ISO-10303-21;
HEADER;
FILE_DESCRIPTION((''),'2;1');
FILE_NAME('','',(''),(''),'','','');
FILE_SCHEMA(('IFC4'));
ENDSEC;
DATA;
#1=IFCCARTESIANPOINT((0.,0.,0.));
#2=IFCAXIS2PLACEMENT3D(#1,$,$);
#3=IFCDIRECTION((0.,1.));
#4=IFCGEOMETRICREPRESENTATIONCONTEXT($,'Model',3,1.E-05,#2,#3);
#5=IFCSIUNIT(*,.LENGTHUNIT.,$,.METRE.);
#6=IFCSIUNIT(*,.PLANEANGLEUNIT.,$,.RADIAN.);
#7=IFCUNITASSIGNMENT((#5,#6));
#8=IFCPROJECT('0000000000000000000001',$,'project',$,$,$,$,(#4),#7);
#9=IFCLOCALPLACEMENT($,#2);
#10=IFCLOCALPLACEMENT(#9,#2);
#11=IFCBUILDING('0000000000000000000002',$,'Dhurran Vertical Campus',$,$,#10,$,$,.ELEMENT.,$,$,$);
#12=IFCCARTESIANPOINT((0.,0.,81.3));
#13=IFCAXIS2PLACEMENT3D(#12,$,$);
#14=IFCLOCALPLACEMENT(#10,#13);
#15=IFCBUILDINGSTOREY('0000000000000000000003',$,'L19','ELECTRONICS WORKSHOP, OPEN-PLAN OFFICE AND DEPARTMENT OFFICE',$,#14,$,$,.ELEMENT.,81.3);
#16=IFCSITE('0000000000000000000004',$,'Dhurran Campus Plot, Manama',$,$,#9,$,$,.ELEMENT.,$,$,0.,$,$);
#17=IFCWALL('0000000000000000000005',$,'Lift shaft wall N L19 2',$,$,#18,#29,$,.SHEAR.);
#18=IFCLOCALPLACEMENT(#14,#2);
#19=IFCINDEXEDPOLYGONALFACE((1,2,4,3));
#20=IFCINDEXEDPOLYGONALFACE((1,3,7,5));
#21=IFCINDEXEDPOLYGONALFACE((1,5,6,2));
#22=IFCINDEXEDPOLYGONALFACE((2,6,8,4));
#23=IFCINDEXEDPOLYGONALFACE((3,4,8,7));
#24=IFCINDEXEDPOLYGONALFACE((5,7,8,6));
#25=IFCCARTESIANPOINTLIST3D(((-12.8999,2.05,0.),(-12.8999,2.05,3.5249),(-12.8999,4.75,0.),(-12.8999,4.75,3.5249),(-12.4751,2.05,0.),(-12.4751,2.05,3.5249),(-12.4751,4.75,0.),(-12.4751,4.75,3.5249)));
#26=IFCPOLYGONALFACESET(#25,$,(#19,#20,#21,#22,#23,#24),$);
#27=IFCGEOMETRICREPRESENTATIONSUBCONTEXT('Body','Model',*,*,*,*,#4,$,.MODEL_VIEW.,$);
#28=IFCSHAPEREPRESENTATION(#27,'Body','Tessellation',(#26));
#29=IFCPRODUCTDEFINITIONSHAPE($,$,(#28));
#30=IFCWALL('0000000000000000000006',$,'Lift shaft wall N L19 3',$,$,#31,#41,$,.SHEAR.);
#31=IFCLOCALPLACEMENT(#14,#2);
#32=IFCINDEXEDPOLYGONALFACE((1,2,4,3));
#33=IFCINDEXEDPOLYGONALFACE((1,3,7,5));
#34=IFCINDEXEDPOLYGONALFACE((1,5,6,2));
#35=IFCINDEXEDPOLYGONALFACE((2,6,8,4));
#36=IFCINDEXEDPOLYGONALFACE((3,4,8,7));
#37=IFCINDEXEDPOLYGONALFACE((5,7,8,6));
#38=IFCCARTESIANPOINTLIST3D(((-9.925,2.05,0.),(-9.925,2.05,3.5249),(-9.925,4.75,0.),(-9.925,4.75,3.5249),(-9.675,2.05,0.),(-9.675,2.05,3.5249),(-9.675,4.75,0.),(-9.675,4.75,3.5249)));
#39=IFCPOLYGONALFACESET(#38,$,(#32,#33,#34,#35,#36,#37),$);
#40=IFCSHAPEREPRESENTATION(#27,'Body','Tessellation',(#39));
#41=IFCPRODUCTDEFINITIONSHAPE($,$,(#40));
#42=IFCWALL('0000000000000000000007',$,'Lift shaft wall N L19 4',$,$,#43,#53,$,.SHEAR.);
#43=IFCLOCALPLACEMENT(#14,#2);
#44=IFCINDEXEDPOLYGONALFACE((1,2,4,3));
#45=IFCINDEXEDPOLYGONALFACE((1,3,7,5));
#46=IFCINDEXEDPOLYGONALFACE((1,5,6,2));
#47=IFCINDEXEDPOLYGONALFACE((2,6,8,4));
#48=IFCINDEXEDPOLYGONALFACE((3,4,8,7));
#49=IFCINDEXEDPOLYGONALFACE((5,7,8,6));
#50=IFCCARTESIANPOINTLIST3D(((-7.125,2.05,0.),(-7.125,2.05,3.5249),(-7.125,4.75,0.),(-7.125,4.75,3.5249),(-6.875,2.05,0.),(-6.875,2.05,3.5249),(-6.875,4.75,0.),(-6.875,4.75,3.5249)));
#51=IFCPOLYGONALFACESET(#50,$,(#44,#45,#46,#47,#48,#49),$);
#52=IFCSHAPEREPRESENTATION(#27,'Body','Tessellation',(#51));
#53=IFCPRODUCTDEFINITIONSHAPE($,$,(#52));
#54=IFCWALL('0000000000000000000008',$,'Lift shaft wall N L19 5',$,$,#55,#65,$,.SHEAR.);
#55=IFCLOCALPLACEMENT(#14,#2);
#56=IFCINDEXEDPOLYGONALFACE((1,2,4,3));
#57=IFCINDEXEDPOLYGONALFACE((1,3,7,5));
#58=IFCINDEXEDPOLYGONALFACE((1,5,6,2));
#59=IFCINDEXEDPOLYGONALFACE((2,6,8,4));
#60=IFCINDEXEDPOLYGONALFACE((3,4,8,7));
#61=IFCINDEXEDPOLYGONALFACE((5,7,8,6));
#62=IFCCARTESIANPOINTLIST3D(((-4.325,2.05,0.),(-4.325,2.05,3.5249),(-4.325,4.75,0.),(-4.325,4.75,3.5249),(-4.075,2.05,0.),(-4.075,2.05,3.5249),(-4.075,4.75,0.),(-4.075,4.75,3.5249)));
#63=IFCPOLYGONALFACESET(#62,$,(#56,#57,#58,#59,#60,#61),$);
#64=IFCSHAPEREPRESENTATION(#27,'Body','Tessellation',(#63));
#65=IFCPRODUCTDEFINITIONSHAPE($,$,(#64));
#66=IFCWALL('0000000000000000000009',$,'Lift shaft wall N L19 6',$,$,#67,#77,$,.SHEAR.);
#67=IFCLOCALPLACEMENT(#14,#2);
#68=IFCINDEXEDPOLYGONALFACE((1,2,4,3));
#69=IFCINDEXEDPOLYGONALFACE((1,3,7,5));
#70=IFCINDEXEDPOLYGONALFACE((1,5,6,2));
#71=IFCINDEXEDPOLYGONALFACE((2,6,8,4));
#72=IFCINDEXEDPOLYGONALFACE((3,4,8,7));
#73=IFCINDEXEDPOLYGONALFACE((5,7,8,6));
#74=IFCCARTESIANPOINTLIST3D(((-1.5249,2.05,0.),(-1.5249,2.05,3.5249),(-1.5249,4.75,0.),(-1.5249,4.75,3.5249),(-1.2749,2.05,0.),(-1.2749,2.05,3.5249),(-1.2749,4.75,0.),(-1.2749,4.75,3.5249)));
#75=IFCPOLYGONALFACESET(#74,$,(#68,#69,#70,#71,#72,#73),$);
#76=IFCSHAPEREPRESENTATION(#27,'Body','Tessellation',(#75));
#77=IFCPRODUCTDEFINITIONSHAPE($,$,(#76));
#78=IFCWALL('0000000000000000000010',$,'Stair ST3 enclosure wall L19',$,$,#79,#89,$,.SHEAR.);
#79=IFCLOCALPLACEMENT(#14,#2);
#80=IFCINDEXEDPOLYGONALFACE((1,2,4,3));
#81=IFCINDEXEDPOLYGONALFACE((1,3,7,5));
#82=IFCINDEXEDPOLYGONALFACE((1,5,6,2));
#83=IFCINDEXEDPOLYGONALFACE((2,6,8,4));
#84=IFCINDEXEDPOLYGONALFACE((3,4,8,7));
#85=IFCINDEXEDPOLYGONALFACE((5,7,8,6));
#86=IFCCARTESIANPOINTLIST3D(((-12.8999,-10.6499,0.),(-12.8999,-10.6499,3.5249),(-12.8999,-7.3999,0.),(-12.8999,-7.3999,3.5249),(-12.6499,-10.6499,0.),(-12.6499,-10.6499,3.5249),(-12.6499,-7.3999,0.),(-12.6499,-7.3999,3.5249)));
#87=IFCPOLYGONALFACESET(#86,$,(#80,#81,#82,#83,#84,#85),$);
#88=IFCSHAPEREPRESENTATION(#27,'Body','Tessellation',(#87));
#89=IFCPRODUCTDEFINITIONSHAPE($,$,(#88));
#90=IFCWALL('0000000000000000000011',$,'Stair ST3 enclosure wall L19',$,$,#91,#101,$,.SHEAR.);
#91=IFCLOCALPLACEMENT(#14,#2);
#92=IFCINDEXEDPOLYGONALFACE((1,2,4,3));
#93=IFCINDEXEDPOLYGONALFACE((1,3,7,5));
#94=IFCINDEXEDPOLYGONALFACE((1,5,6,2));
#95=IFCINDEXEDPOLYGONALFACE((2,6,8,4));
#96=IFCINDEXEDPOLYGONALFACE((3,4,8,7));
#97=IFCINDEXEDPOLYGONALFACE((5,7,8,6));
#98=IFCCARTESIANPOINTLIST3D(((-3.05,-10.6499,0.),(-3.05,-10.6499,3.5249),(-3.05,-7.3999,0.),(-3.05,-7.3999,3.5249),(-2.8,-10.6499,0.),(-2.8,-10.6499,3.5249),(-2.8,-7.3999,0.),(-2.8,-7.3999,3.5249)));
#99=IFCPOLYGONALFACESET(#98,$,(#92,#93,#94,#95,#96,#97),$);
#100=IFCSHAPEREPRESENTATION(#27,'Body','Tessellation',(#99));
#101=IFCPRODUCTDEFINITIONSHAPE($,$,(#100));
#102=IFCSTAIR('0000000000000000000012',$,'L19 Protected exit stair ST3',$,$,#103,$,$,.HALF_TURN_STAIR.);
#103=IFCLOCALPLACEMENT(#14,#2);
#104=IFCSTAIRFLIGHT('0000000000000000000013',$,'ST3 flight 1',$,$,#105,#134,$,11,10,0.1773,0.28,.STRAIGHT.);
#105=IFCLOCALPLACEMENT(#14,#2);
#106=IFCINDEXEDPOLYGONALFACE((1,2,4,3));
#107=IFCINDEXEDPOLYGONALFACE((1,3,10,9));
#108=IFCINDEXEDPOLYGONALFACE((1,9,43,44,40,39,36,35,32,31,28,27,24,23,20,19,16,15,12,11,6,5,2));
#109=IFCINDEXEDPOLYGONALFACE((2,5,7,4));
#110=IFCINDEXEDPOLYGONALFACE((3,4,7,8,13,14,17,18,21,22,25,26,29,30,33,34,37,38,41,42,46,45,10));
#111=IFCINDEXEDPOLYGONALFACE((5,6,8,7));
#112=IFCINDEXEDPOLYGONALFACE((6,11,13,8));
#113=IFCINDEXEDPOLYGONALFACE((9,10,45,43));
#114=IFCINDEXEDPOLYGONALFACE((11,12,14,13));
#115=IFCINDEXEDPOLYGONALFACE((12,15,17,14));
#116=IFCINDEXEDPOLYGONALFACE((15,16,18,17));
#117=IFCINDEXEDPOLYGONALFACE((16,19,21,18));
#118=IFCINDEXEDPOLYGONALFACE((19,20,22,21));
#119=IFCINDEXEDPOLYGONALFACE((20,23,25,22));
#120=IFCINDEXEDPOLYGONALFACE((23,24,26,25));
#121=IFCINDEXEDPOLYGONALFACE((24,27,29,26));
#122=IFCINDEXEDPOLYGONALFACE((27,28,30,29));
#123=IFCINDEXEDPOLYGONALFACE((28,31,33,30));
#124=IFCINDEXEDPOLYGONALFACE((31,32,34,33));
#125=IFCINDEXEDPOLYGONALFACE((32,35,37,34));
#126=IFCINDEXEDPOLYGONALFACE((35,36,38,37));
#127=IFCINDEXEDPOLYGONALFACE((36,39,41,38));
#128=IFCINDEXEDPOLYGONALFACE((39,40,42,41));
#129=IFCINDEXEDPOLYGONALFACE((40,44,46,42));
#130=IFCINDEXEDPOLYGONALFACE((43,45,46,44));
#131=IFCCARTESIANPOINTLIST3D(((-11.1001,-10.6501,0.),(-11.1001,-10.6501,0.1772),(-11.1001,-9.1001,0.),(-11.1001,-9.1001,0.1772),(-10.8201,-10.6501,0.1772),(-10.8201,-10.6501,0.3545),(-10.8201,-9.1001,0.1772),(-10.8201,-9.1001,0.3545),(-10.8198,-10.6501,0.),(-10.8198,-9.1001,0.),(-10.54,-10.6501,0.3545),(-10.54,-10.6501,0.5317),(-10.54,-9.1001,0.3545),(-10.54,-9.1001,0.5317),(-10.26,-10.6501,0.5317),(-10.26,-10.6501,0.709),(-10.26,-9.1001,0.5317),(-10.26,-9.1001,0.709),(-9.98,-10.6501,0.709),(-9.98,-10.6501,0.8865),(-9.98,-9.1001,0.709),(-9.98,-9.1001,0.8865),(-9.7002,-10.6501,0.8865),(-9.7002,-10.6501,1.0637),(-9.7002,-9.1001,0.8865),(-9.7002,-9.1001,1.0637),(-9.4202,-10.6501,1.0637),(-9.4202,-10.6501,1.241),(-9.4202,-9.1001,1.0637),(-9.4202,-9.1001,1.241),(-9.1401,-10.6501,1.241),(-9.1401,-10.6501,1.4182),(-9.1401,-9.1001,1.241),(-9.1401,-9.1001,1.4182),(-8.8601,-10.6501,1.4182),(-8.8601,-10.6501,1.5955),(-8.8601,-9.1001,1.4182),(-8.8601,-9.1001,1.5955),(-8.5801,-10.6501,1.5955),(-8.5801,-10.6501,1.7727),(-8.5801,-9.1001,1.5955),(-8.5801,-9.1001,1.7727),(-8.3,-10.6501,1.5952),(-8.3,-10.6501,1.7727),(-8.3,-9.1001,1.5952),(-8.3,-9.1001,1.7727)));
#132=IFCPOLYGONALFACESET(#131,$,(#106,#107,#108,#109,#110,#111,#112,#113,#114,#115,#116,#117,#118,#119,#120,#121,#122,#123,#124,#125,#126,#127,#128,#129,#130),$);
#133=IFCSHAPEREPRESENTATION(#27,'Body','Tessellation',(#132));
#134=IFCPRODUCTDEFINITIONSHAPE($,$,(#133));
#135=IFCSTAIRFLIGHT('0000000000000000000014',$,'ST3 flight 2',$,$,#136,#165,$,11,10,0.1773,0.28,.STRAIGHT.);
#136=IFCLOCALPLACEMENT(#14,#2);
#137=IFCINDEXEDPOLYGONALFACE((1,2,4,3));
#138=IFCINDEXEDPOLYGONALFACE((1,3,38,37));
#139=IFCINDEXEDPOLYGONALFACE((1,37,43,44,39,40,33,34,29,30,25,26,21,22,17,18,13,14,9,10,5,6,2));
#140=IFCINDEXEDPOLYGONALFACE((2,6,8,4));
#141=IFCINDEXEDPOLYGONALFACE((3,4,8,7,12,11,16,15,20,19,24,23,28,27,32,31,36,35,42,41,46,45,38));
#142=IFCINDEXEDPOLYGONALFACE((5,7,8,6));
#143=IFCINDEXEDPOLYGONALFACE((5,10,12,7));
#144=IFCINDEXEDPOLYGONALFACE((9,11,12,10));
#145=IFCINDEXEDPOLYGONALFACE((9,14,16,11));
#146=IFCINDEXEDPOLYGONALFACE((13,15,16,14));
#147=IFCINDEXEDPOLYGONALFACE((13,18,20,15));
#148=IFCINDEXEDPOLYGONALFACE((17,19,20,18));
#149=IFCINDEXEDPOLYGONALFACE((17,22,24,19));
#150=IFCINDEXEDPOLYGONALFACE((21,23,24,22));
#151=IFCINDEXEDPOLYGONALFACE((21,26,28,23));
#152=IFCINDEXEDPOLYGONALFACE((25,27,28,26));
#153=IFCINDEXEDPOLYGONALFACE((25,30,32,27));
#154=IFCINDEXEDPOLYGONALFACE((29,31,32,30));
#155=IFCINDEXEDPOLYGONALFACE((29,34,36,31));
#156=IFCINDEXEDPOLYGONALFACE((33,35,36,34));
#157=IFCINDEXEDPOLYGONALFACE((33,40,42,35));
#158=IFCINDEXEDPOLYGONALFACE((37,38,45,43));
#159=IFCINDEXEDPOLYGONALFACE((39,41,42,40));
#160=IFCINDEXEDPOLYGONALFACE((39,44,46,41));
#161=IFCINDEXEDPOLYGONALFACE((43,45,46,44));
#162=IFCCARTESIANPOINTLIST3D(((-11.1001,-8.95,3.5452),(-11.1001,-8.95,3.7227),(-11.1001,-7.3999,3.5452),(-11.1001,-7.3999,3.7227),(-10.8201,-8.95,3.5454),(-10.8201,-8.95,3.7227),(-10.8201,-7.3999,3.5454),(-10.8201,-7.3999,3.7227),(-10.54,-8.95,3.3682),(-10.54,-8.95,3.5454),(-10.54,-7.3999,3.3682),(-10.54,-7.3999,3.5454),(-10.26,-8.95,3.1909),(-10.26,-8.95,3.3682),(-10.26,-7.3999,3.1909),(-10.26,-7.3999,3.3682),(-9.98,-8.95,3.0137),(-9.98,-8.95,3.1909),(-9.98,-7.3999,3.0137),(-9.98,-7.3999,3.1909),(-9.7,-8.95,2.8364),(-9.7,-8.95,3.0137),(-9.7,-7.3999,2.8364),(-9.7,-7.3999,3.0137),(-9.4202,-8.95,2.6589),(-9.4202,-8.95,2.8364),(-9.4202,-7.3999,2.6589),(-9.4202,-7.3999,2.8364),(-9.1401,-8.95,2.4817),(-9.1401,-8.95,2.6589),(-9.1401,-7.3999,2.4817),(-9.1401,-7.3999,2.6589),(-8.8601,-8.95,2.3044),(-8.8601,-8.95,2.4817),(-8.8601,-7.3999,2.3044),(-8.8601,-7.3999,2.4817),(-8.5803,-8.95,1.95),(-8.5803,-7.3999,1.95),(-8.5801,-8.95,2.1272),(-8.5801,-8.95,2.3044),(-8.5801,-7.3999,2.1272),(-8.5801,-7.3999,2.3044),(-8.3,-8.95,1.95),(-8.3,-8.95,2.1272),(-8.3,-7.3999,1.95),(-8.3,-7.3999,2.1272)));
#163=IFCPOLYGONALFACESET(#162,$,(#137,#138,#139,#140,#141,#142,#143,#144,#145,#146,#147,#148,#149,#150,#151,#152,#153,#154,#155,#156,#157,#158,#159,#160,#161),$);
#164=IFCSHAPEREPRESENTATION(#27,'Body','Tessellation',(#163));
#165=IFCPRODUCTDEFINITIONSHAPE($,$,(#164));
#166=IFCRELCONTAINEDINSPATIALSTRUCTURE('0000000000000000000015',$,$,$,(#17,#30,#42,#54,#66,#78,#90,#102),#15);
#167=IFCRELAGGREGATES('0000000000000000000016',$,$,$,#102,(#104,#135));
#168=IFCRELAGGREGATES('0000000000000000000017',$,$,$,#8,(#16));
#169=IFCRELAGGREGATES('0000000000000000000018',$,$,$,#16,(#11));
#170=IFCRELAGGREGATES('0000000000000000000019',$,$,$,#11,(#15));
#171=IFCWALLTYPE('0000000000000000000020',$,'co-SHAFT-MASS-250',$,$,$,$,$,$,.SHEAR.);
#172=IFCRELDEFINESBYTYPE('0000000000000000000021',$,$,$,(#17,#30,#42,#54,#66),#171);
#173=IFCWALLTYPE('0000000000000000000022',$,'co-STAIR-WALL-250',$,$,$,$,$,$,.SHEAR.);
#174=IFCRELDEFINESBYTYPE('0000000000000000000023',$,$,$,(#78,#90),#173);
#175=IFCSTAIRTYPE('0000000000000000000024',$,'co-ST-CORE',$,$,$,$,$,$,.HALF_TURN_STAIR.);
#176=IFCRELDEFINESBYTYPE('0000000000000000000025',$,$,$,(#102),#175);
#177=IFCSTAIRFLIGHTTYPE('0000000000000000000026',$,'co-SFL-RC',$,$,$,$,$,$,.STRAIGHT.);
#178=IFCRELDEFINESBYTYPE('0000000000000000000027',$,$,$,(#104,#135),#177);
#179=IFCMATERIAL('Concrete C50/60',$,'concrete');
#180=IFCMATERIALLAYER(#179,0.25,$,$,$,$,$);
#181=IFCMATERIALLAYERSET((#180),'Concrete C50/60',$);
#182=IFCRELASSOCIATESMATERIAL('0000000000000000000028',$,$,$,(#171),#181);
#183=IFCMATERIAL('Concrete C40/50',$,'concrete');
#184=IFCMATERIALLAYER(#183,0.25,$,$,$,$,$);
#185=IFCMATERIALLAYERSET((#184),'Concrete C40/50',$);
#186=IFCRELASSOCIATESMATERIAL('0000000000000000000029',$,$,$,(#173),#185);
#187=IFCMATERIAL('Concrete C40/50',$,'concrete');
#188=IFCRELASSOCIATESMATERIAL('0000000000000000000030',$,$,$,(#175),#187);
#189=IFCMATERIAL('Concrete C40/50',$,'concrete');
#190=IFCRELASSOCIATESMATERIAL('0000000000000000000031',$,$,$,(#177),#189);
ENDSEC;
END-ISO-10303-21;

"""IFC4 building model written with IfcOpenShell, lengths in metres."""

from ifc_helpers import new_model, si_unit, direction, frame, frame_2d, origin, place, context, subcontext, project, spatial, polyline, rectangle, outline, extrude, material, layer, layer_set, type_object, element, aggregate, save


model = new_model("IFC4")

# Units and contexts
model_context = context("Model", 3, precision=1e-05, world=origin(), true_north=direction((0.0, 1.0)))
body_context = subcontext(model_context, "Body", "Model", "MODEL_VIEW")
ifc_project = project(units=[si_unit("LENGTHUNIT", "METRE"), si_unit("PLANEANGLEUNIT", "RADIAN")], contexts=[model_context])

# Site, building, storey
site_placement = place(None, origin())
site = spatial("IfcSite", under=ifc_project, at=site_placement, Name="Dhurran Campus Plot, Manama", CompositionType="ELEMENT", RefElevation=0.0)
building_placement = place(site_placement, origin())
building = spatial("IfcBuilding", under=site, at=building_placement, Name="Dhurran Vertical Campus", CompositionType="ELEMENT")
storey_placement = place(building_placement, frame((0.0, 0.0, 81.3)))
storey = spatial("IfcBuildingStorey", under=building, at=storey_placement, Name="L19", Description="ELECTRONICS WORKSHOP, OPEN-PLAN OFFICE AND DEPARTMENT OFFICE", CompositionType="ELEMENT", Elevation=81.3)

# Walls
ifc_material_1 = material(Name="Concrete C50/60", Category="concrete")
ifc_layer_1 = layer(ifc_material_1, 0.25)
ifc_layer_set_1 = layer_set([ifc_layer_1], Name="Concrete C50/60")
wall_type_1 = type_object("IfcWallType", Name="co-SHAFT-MASS-250", PredefinedType="SHEAR", material=ifc_layer_set_1)
wall_1_placement = place(storey_placement, origin())
element("IfcWall", 1, at=wall_1_placement, inside=storey, type_object=wall_type_1, Name="Lift shaft wall N L19 2", PredefinedType="SHEAR", context=body_context, shape_type="SweptSolid", body=[
    extrude(outline(polyline([(-12.8999, 2.05), (-12.4751, 2.05), (-12.4751, 4.75), (-12.8999, 4.75), (-12.8999, 2.05)])), origin(), (0.0, 0.0, 1.0), 3.5249),
])
wall_2_placement = place(storey_placement, origin())
element("IfcWall", 2, at=wall_2_placement, inside=storey, type_object=wall_type_1, Name="Lift shaft wall N L19 3", PredefinedType="SHEAR", context=body_context, shape_type="SweptSolid", body=[
    extrude(outline(polyline([(-9.925, 2.05), (-9.675, 2.05), (-9.675, 4.75), (-9.925, 4.75), (-9.925, 2.05)])), origin(), (0.0, 0.0, 1.0), 3.5249),
])
wall_3_placement = place(storey_placement, origin())
element("IfcWall", 3, at=wall_3_placement, inside=storey, type_object=wall_type_1, Name="Lift shaft wall N L19 4", PredefinedType="SHEAR", context=body_context, shape_type="SweptSolid", body=[
    extrude(outline(polyline([(-7.125, 2.05), (-6.875, 2.05), (-6.875, 4.75), (-7.125, 4.75), (-7.125, 2.05)])), origin(), (0.0, 0.0, 1.0), 3.5249),
])
wall_4_placement = place(storey_placement, origin())
element("IfcWall", 4, at=wall_4_placement, inside=storey, type_object=wall_type_1, Name="Lift shaft wall N L19 5", PredefinedType="SHEAR", context=body_context, shape_type="SweptSolid", body=[
    extrude(outline(polyline([(-4.325, 2.05), (-4.075, 2.05), (-4.075, 4.75), (-4.325, 4.75), (-4.325, 2.05)])), origin(), (0.0, 0.0, 1.0), 3.5249),
])
wall_5_placement = place(storey_placement, origin())
element("IfcWall", 5, at=wall_5_placement, inside=storey, type_object=wall_type_1, Name="Lift shaft wall N L19 6", PredefinedType="SHEAR", context=body_context, shape_type="SweptSolid", body=[
    extrude(outline(polyline([(-1.5249, 2.05), (-1.2749, 2.05), (-1.2749, 4.75), (-1.5249, 4.75), (-1.5249, 2.05)])), origin(), (0.0, 0.0, 1.0), 3.5249),
])
ifc_material_2 = material(Name="Concrete C40/50", Category="concrete")
ifc_layer_2 = layer(ifc_material_2, 0.25)
ifc_layer_set_2 = layer_set([ifc_layer_2], Name="Concrete C40/50")
wall_type_2 = type_object("IfcWallType", Name="co-STAIR-WALL-250", PredefinedType="SHEAR", material=ifc_layer_set_2)
for number, where, z_axis, x_axis, name in (
    (6, (-12.7749, -10.6499, 0.0), (0.0, 0.0, 1.0), (0.0, 1.0, 0.0), "Stair ST3 enclosure wall L19"),
    (7, (-2.925, -10.6499, 0.0), (0.0, 0.0, 1.0), (0.0, 1.0, 0.0), "Stair ST3 enclosure wall L19"),
):
    element("IfcWall", number, at=place(storey_placement, frame(where, z_axis=z_axis, x_axis=x_axis)), inside=storey, type_object=wall_type_2, Name=name, PredefinedType="SHEAR", context=body_context, shape_type="SweptSolid", body=[
        extrude(rectangle(XDim=3.25, YDim=0.25, at=frame_2d((1.625, 0.0))), origin(), (0.0, 0.0, 1.0), 3.5249),
    ])

# Stair, stair flights
ifc_material_3 = material(Name="Concrete C40/50", Category="concrete")
stair_type = type_object("IfcStairType", Name="co-ST-CORE", PredefinedType="HALF_TURN_STAIR", material=ifc_material_3)
stair_placement = place(storey_placement, origin())
stair = element("IfcStair", 8, at=stair_placement, inside=storey, type_object=stair_type, Name="L19 Protected exit stair ST3", PredefinedType="HALF_TURN_STAIR")
ifc_material_4 = material(Name="Concrete C40/50", Category="concrete")
stair_flight_type = type_object("IfcStairFlightType", Name="co-SFL-RC", PredefinedType="STRAIGHT", material=ifc_material_4)
stair_flight_1_placement = place(storey_placement, frame((-11.1001, -9.875, 0.0), z_axis=(0.0, 0.0, 1.0), x_axis=(1.0, 0.0, 0.0)))
stair_flight_1 = element("IfcStairFlight", 9, at=stair_flight_1_placement, type_object=stair_flight_type, Name="ST3 flight 1", NumberOfRisers=11, NumberOfTreads=10, PredefinedType="STRAIGHT", RiserHeight=0.1773, TreadLength=0.28, context=body_context, shape_type="SweptSolid", body=[
    extrude(outline(polyline([(0.0, 0.0), (0.0, 0.1772), (0.28, 0.1772), (0.28, 0.3545), (0.5601, 0.3545), (0.5601, 0.5317), (0.8401, 0.5317), (0.8401, 0.709), (1.1201, 0.709), (1.1201, 0.8865), (1.3999, 0.8865), (1.3999, 1.0637), (1.6799, 1.0637), (1.6799, 1.241), (1.96, 1.241), (1.96, 1.4182), (2.24, 1.4182), (2.24, 1.5955), (2.52, 1.5955), (2.52, 1.7727), (2.8, 1.7727), (2.8, 1.95), (2.8, 1.5952), (0.2803, 0.0), (0.0, 0.0)])), frame((0.0, 0.7749, 0.0), z_axis=(0.0, -1.0, 0.0), x_axis=(1.0, 0.0, 0.0)), (0.0, 0.0, 1.0), 1.55),
])
stair_flight_2_placement = place(storey_placement, frame((-8.3, -8.175, 1.95), z_axis=(0.0, 0.0, 1.0), x_axis=(-1.0, 0.0, 0.0)))
stair_flight_2 = element("IfcStairFlight", 10, at=stair_flight_2_placement, type_object=stair_flight_type, Name="ST3 flight 2", NumberOfRisers=11, NumberOfTreads=10, PredefinedType="STRAIGHT", RiserHeight=0.1773, TreadLength=0.28, context=body_context, shape_type="SweptSolid", body=[
    extrude(outline(polyline([(0.0, 0.0), (0.0, 0.1772), (0.28, 0.1772), (0.28, 0.3545), (0.5601, 0.3545), (0.5601, 0.5317), (0.8401, 0.5317), (0.8401, 0.709), (1.1201, 0.709), (1.1201, 0.8865), (1.3999, 0.8865), (1.3999, 1.0637), (1.6799, 1.0637), (1.6799, 1.241), (1.96, 1.241), (1.96, 1.4182), (2.24, 1.4182), (2.24, 1.5955), (2.52, 1.5955), (2.52, 1.7727), (2.8, 1.7727), (2.8, 1.95), (2.8, 1.5952), (0.2803, 0.0), (0.0, 0.0)])), frame((0.0, 0.7749, 0.0), z_axis=(0.0, -1.0, 0.0), x_axis=(1.0, 0.0, 0.0)), (0.0, 0.0, 1.0), 1.55),
])
aggregate(stair, [stair_flight_1, stair_flight_2])

save(model, "model.ifc")
